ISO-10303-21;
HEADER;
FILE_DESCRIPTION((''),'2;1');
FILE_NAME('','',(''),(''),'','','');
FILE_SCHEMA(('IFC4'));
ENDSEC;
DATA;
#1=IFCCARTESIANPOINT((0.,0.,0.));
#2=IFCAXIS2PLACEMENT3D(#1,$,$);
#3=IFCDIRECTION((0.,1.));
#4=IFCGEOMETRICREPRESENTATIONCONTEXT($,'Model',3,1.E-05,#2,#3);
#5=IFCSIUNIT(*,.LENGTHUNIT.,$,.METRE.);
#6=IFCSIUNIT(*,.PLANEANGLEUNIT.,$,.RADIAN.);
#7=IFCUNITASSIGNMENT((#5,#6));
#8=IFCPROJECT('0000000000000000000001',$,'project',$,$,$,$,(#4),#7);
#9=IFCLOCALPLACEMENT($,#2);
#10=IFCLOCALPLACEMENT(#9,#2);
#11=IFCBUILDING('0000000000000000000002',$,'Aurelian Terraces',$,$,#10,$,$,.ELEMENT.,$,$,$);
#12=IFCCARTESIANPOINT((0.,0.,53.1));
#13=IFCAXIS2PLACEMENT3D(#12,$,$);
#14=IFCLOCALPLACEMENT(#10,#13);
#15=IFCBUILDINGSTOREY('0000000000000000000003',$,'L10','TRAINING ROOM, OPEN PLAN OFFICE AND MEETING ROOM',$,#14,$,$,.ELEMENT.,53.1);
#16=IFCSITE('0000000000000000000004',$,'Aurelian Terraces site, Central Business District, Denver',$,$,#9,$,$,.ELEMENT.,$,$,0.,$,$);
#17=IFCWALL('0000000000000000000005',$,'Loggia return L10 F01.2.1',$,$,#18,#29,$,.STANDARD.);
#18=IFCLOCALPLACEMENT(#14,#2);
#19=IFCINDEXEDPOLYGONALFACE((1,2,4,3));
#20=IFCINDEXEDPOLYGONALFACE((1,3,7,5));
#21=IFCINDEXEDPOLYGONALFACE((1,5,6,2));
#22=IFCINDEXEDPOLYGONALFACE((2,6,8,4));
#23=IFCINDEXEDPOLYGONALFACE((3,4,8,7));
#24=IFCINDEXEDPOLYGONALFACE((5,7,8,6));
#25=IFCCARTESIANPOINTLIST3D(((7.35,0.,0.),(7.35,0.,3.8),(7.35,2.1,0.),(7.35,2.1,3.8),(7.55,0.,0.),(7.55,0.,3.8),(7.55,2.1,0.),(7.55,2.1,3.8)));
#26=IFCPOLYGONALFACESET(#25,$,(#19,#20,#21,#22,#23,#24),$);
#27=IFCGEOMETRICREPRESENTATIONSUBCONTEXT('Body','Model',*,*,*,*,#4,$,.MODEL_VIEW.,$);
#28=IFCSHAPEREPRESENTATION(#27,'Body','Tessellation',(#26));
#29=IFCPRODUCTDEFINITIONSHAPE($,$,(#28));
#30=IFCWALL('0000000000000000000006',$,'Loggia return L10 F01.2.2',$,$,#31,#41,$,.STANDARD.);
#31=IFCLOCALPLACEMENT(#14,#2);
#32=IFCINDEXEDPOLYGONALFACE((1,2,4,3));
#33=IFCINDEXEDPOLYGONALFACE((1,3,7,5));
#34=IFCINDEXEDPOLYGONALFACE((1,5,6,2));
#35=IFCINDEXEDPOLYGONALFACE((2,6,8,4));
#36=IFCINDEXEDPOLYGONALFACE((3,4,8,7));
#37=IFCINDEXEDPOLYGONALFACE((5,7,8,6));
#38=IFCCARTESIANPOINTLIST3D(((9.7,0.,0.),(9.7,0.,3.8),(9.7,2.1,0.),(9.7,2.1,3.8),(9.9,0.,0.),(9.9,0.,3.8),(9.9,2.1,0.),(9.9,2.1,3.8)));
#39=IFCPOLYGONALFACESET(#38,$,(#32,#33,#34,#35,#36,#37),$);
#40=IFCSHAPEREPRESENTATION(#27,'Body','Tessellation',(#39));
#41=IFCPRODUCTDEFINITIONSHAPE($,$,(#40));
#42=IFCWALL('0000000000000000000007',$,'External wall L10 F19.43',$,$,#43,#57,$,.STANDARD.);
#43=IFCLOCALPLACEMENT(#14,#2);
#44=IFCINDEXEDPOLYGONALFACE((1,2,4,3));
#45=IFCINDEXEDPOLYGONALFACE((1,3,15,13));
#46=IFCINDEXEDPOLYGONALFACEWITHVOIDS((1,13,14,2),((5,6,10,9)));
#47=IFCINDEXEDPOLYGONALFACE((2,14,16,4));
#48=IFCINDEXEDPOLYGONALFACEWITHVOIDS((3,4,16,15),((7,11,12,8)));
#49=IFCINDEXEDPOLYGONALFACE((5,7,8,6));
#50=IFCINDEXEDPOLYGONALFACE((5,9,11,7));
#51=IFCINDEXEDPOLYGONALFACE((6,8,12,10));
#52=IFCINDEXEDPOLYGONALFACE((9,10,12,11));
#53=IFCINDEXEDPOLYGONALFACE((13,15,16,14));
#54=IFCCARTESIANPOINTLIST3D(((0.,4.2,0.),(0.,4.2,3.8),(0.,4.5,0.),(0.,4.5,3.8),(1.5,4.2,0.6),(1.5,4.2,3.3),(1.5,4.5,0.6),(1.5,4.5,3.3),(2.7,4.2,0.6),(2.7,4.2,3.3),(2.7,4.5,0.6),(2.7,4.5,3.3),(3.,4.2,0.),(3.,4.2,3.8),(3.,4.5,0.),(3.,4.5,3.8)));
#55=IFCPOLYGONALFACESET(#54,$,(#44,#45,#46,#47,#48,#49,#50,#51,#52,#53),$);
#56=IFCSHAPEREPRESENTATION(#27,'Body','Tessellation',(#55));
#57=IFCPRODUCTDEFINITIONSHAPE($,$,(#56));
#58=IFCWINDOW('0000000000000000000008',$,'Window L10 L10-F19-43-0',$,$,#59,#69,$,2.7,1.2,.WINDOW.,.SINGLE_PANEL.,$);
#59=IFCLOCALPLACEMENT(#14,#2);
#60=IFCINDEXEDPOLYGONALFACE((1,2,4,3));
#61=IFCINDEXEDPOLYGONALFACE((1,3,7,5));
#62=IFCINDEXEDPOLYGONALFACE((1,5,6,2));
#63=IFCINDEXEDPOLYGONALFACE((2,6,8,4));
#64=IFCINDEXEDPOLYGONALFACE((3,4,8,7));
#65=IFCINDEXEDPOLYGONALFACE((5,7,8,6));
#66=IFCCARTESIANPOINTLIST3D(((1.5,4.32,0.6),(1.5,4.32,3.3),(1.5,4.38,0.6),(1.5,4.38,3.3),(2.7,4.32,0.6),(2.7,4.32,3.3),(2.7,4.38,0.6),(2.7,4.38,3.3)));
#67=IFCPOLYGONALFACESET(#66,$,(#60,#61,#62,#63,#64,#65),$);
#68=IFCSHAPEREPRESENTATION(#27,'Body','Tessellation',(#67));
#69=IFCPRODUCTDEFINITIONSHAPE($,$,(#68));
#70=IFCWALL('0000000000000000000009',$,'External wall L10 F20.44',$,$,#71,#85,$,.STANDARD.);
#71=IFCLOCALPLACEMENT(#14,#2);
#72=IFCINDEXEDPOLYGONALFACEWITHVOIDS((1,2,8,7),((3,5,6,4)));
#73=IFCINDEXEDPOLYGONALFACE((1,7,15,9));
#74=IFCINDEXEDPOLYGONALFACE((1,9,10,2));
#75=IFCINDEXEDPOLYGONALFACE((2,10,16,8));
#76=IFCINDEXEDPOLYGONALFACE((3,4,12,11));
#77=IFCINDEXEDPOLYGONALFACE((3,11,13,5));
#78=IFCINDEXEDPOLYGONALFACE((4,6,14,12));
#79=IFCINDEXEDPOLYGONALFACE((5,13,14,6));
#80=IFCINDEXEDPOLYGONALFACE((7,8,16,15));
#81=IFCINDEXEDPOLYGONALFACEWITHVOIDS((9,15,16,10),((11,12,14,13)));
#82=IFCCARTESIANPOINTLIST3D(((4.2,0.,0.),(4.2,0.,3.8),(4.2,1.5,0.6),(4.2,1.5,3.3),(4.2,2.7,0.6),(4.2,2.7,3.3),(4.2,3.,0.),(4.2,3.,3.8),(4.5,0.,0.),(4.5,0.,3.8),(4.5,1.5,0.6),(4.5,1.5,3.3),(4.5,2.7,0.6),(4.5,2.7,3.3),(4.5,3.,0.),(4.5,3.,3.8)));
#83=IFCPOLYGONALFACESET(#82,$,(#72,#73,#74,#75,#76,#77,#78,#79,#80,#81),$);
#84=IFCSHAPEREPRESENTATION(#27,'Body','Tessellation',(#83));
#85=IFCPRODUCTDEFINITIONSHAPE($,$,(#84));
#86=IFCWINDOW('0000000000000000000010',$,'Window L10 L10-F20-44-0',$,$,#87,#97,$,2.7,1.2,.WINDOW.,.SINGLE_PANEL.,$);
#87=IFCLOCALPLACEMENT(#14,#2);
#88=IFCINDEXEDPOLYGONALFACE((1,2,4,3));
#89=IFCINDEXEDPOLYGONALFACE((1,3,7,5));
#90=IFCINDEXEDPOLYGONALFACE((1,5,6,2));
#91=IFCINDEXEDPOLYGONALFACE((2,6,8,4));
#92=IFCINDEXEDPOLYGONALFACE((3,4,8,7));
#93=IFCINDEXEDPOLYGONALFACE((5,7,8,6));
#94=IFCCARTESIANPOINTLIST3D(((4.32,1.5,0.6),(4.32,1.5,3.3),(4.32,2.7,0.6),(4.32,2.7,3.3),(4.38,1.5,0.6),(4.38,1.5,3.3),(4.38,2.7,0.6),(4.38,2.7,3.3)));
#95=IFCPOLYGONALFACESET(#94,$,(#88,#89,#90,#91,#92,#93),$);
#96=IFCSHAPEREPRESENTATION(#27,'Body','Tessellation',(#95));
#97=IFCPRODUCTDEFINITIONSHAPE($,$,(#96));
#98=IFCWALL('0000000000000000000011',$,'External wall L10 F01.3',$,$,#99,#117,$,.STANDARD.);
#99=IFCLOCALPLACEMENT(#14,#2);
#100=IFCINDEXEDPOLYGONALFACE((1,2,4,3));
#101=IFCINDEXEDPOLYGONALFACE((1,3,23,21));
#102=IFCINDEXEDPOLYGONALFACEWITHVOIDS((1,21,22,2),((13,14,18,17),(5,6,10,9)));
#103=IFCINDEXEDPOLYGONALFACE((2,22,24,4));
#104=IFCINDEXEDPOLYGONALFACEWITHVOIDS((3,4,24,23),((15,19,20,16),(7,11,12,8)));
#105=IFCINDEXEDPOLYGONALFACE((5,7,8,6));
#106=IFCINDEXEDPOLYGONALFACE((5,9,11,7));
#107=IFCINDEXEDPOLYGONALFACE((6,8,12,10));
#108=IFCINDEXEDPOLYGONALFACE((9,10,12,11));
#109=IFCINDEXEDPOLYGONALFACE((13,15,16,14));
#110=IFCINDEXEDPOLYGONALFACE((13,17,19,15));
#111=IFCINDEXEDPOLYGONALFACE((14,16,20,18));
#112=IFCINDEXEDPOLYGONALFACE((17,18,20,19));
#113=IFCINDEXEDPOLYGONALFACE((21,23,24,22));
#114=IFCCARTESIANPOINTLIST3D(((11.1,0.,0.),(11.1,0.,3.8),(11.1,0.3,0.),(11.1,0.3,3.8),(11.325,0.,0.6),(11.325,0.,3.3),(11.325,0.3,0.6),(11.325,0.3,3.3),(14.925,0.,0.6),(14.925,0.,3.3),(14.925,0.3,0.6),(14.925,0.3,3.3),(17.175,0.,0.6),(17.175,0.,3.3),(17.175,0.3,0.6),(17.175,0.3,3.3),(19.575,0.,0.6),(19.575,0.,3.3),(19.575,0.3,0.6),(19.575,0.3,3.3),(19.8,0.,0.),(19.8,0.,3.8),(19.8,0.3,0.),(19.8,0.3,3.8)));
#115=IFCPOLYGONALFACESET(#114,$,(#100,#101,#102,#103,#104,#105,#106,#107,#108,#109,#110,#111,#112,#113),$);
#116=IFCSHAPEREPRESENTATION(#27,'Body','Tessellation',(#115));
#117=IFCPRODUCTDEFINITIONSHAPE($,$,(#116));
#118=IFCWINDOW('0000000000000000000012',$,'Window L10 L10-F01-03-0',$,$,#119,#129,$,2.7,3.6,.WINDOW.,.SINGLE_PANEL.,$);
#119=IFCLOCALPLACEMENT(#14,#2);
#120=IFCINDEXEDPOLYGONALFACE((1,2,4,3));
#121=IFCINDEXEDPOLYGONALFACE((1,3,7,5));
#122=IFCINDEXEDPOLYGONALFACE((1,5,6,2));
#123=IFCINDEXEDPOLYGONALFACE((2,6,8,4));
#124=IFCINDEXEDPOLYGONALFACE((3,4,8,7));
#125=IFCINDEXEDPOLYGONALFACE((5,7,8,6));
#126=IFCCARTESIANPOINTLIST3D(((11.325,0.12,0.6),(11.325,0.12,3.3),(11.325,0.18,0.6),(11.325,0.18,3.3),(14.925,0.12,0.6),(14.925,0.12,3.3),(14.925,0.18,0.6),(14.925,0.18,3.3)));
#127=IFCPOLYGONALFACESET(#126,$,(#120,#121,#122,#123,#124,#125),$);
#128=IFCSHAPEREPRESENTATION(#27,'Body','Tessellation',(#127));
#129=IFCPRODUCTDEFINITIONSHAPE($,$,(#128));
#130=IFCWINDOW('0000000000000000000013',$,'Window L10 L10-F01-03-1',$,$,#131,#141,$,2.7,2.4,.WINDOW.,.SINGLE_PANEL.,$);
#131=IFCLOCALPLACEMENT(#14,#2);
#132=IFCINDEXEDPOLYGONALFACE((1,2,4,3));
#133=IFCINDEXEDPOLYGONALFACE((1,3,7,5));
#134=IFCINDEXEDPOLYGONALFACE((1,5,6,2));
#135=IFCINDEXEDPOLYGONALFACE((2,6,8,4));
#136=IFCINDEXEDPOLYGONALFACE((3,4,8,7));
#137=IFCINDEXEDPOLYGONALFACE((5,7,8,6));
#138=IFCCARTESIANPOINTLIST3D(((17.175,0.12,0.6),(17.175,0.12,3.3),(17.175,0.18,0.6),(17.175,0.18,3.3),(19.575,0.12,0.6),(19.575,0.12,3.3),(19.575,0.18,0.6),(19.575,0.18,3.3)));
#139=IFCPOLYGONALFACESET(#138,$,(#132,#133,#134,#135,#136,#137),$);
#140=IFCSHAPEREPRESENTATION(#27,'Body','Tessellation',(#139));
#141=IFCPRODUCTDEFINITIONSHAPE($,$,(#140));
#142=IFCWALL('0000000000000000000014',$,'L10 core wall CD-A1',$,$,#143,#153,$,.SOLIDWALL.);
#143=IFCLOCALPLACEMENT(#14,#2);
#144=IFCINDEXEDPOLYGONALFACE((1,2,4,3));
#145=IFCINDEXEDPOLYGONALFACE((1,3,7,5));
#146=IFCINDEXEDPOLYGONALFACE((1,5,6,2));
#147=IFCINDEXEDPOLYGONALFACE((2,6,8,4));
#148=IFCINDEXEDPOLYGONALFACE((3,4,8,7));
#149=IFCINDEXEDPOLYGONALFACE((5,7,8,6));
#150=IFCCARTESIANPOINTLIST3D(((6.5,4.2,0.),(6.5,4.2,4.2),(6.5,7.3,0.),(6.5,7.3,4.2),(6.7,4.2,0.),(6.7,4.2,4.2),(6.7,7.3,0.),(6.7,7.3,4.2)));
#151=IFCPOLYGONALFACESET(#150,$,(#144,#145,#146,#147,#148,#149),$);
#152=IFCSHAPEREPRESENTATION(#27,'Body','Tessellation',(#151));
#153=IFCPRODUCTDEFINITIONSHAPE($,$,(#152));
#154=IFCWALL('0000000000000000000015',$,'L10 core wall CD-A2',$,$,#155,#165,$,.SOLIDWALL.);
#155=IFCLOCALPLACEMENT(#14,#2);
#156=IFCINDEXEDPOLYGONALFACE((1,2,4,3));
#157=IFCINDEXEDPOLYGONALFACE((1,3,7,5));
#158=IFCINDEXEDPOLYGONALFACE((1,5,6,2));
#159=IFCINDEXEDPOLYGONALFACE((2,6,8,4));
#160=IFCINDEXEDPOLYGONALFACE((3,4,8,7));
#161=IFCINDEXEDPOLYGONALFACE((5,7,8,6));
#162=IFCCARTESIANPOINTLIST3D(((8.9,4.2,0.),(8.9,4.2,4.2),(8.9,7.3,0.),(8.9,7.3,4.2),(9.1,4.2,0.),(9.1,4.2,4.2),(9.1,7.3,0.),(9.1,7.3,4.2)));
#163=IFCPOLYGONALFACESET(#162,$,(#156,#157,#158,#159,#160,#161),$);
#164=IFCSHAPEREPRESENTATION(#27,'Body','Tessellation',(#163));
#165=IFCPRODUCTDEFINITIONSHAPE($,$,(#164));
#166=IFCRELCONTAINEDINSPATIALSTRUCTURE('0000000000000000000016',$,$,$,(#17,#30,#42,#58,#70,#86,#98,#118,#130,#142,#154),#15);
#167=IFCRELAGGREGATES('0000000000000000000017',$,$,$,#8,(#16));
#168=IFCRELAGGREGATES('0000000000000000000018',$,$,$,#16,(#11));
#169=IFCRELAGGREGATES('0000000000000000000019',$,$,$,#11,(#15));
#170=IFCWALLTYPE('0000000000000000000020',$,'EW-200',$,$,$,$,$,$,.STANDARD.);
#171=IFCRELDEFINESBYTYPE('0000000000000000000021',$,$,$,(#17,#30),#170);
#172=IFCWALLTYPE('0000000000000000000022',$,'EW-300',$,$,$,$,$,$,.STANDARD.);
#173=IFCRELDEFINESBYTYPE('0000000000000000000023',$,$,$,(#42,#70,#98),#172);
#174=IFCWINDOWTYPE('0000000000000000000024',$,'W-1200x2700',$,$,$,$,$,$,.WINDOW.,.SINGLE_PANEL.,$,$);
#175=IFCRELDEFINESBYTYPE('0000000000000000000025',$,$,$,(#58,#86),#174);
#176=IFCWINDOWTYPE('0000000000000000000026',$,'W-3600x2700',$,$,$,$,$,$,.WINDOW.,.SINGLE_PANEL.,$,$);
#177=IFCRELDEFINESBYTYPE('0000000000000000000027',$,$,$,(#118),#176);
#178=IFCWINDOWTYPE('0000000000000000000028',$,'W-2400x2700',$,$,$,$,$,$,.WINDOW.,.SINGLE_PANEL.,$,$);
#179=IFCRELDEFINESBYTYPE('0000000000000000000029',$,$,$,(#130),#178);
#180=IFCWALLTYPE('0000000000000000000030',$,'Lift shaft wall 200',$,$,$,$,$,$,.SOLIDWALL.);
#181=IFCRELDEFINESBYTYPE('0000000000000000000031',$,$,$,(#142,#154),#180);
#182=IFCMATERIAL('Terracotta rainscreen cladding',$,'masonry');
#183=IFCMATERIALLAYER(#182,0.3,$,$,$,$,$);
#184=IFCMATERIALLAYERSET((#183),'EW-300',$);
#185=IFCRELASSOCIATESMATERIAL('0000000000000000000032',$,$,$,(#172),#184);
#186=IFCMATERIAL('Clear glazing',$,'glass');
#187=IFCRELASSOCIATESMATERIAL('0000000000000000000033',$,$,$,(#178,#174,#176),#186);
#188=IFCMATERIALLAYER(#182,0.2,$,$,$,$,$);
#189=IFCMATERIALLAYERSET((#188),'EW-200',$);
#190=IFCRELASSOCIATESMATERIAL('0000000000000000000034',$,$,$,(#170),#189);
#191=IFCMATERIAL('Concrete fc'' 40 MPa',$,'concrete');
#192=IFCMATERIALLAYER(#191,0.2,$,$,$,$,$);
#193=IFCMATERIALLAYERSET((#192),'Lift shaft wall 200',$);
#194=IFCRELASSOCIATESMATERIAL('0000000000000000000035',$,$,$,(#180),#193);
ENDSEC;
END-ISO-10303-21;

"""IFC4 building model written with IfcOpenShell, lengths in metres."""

from ifc_helpers import new_model, si_unit, direction, frame, frame_2d, origin, place, context, subcontext, project, spatial, rectangle, extrude, source, transform, mapped, material, layer, layer_set, type_object, element, fill, save


model = new_model("IFC4")

# Units and contexts
model_context = context("Model", 3, precision=1e-05, world=origin(), true_north=direction((0.0, 1.0)))
body_context = subcontext(model_context, "Body", "Model", "MODEL_VIEW")
ifc_project = project(units=[si_unit("LENGTHUNIT", "METRE"), si_unit("PLANEANGLEUNIT", "RADIAN")], contexts=[model_context])

# Site, building, storey
site_placement = place(None, origin())
site = spatial("IfcSite", under=ifc_project, at=site_placement, Name="Aurelian Terraces site, Central Business District, Denver", CompositionType="ELEMENT", RefElevation=0.0)
building_placement = place(site_placement, origin())
building = spatial("IfcBuilding", under=site, at=building_placement, Name="Aurelian Terraces", CompositionType="ELEMENT")
storey_placement = place(building_placement, frame((0.0, 0.0, 53.1)))
storey = spatial("IfcBuildingStorey", under=building, at=storey_placement, Name="L10", Description="TRAINING ROOM, OPEN PLAN OFFICE AND MEETING ROOM", CompositionType="ELEMENT", Elevation=53.1)

# Shared definitions
ifc_material_1 = material(Name="Concrete fc' 40 MPa", Category="concrete")

# Shared definitions
ifc_material_2 = material(Name="Terracotta rainscreen cladding", Category="masonry")
ifc_layer_1 = layer(ifc_material_2, 0.3)
ifc_layer_set_1 = layer_set([ifc_layer_1], Name="EW-300")
wall_type_1 = type_object("IfcWallType", Name="EW-300", PredefinedType="STANDARD", material=ifc_layer_set_1)
ifc_material_3 = material(Name="Clear glazing", Category="glass")

# Shared definitions
shared_shape_1 = source(origin(), body_context, "Body", "SweptSolid", [
    extrude(rectangle(XDim=2.4, YDim=2.7, at=frame_2d((1.2, 1.35))), frame((0.0, 0.16, 0.0), z_axis=(0.0, -1.0, 0.0), x_axis=(1.0, 0.0, 0.0)), (0.0, 0.0, 1.0), 0.32),
])
window_type_1 = type_object("IfcWindowType", Name="W-2400x2700", PartitioningType="SINGLE_PANEL", PredefinedType="WINDOW", material=ifc_material_3)
shared_shape_2 = source(origin(), body_context, "Body", "SweptSolid", [
    extrude(rectangle(XDim=2.4, YDim=2.7, at=frame_2d((1.2, 1.35))), frame((0.0, 0.03, 0.0), z_axis=(0.0, -1.0, 0.0), x_axis=(1.0, 0.0, 0.0)), (0.0, 0.0, 1.0), 0.06),
])

# Walls
ifc_layer_2 = layer(ifc_material_2, 0.2)
ifc_layer_set_2 = layer_set([ifc_layer_2], Name="EW-200")
wall_type_2 = type_object("IfcWallType", Name="EW-200", PredefinedType="STANDARD", material=ifc_layer_set_2)
shared_shape_3 = source(origin(), body_context, "Body", "SweptSolid", [
    extrude(rectangle(XDim=2.1, YDim=0.2, at=frame_2d((1.05, 0.0))), origin(), (0.0, 0.0, 1.0), 3.8),
])
for number, where, z_axis, x_axis, name in (
    (1, (7.45, 0.0, 0.0), (0.0, 0.0, 1.0), (0.0, 1.0, 0.0), "Loggia return L10 F01.2.1"),
    (2, (9.8, 0.0, 0.0), (0.0, 0.0, 1.0), (0.0, 1.0, 0.0), "Loggia return L10 F01.2.2"),
):
    element("IfcWall", number, at=place(storey_placement, frame(where, z_axis=z_axis, x_axis=x_axis)), inside=storey, type_object=wall_type_2, Name=name, PredefinedType="STANDARD", context=body_context, shape_type="MappedRepresentation", body=[
        mapped(shared_shape_3, transform((0.0, 0.0, 0.0), scale=1.0)),
    ])

# Walls, openings, windows
shared_shape_4 = source(origin(), body_context, "Body", "SweptSolid", [
    extrude(rectangle(XDim=3.0, YDim=0.3, at=frame_2d((1.5, 0.0))), origin(), (0.0, 0.0, 1.0), 3.8),
])
wall_1_placement = place(storey_placement, frame((0.0, 4.35, 0.0), z_axis=(0.0, 0.0, 1.0), x_axis=(1.0, 0.0, 0.0)))
wall_1 = element("IfcWall", 3, at=wall_1_placement, inside=storey, type_object=wall_type_1, Name="External wall L10 F19.43", PredefinedType="STANDARD", context=body_context, shape_type="MappedRepresentation", body=[
    mapped(shared_shape_4, transform((0.0, 0.0, 0.0), scale=1.0)),
])
shared_shape_5 = source(origin(), body_context, "Body", "SweptSolid", [
    extrude(rectangle(XDim=1.2, YDim=2.7, at=frame_2d((0.6, 1.35))), frame((0.0, 0.16, 0.0), z_axis=(0.0, -1.0, 0.0), x_axis=(1.0, 0.0, 0.0)), (0.0, 0.0, 1.0), 0.32),
])
opening_1_placement = place(wall_1_placement, frame((1.5, 0.0, 0.6)))
opening_1 = element("IfcOpeningElement", 4, at=opening_1_placement, cuts=wall_1, PredefinedType="OPENING", context=body_context, shape_type="MappedRepresentation", body=[
    mapped(shared_shape_5, transform((0.0, 0.0, 0.0), scale=1.0)),
])
window_type_2 = type_object("IfcWindowType", Name="W-1200x2700", PartitioningType="SINGLE_PANEL", PredefinedType="WINDOW", material=ifc_material_3)
shared_shape_6 = source(origin(), body_context, "Body", "SweptSolid", [
    extrude(rectangle(XDim=1.2, YDim=2.7, at=frame_2d((0.6, 1.35))), frame((0.0, 0.03, 0.0), z_axis=(0.0, -1.0, 0.0), x_axis=(1.0, 0.0, 0.0)), (0.0, 0.0, 1.0), 0.06),
])
window_1_placement = place(opening_1_placement, origin())
window_1 = element("IfcWindow", 5, at=window_1_placement, inside=storey, type_object=window_type_2, Name="Window L10 L10-F19-43-0", OverallHeight=2.7, OverallWidth=1.2, PartitioningType="SINGLE_PANEL", PredefinedType="WINDOW", context=body_context, shape_type="MappedRepresentation", body=[
    mapped(shared_shape_6, transform((0.0, 0.0, 0.0), scale=1.0)),
])
fill(opening_1, window_1)
wall_2_placement = place(storey_placement, frame((4.35, 3.0, 0.0), z_axis=(0.0, 0.0, 1.0), x_axis=(0.0, -1.0, 0.0)))
wall_2 = element("IfcWall", 6, at=wall_2_placement, inside=storey, type_object=wall_type_1, Name="External wall L10 F20.44", PredefinedType="STANDARD", context=body_context, shape_type="MappedRepresentation", body=[
    mapped(shared_shape_4, transform((0.0, 0.0, 0.0), scale=1.0)),
])
opening_2_placement = place(wall_2_placement, frame((0.3, 0.0, 0.6)))
opening_2 = element("IfcOpeningElement", 7, at=opening_2_placement, cuts=wall_2, PredefinedType="OPENING", context=body_context, shape_type="MappedRepresentation", body=[
    mapped(shared_shape_5, transform((0.0, 0.0, 0.0), scale=1.0)),
])
window_2_placement = place(opening_2_placement, origin())
window_2 = element("IfcWindow", 8, at=window_2_placement, inside=storey, type_object=window_type_2, Name="Window L10 L10-F20-44-0", OverallHeight=2.7, OverallWidth=1.2, PartitioningType="SINGLE_PANEL", PredefinedType="WINDOW", context=body_context, shape_type="MappedRepresentation", body=[
    mapped(shared_shape_6, transform((0.0, 0.0, 0.0), scale=1.0)),
])
fill(opening_2, window_2)

# Wall, openings, windows
shared_shape_7 = source(origin(), body_context, "Body", "SweptSolid", [
    extrude(rectangle(XDim=8.7, YDim=0.3, at=frame_2d((4.35, 0.0))), origin(), (0.0, 0.0, 1.0), 3.8),
])
wall_3_placement = place(storey_placement, frame((11.1, 0.15, 0.0), z_axis=(0.0, 0.0, 1.0), x_axis=(1.0, 0.0, 0.0)))
wall_3 = element("IfcWall", 9, at=wall_3_placement, inside=storey, type_object=wall_type_1, Name="External wall L10 F01.3", PredefinedType="STANDARD", context=body_context, shape_type="MappedRepresentation", body=[
    mapped(shared_shape_7, transform((0.0, 0.0, 0.0), scale=1.0)),
])
shared_shape_8 = source(origin(), body_context, "Body", "SweptSolid", [
    extrude(rectangle(XDim=3.6, YDim=2.7, at=frame_2d((1.8, 1.35))), frame((0.0, 0.16, 0.0), z_axis=(0.0, -1.0, 0.0), x_axis=(1.0, 0.0, 0.0)), (0.0, 0.0, 1.0), 0.32),
])
opening_3_placement = place(wall_3_placement, frame((0.225, 0.0, 0.6)))
opening_3 = element("IfcOpeningElement", 10, at=opening_3_placement, cuts=wall_3, PredefinedType="OPENING", context=body_context, shape_type="MappedRepresentation", body=[
    mapped(shared_shape_8, transform((0.0, 0.0, 0.0), scale=1.0)),
])
opening_4_placement = place(wall_3_placement, frame((6.075, 0.0, 0.6)))
opening_4 = element("IfcOpeningElement", 11, at=opening_4_placement, cuts=wall_3, PredefinedType="OPENING", context=body_context, shape_type="MappedRepresentation", body=[
    mapped(shared_shape_1, transform((0.0, 0.0, 0.0), scale=1.0)),
])
window_type_3 = type_object("IfcWindowType", Name="W-3600x2700", PartitioningType="SINGLE_PANEL", PredefinedType="WINDOW", material=ifc_material_3)
shared_shape_9 = source(origin(), body_context, "Body", "SweptSolid", [
    extrude(rectangle(XDim=3.6, YDim=2.7, at=frame_2d((1.8, 1.35))), frame((0.0, 0.03, 0.0), z_axis=(0.0, -1.0, 0.0), x_axis=(1.0, 0.0, 0.0)), (0.0, 0.0, 1.0), 0.06),
])
window_3_placement = place(opening_3_placement, origin())
window_3 = element("IfcWindow", 12, at=window_3_placement, inside=storey, type_object=window_type_3, Name="Window L10 L10-F01-03-0", OverallHeight=2.7, OverallWidth=3.6, PartitioningType="SINGLE_PANEL", PredefinedType="WINDOW", context=body_context, shape_type="MappedRepresentation", body=[
    mapped(shared_shape_9, transform((0.0, 0.0, 0.0), scale=1.0)),
])
fill(opening_3, window_3)
window_4_placement = place(opening_4_placement, origin())
window_4 = element("IfcWindow", 13, at=window_4_placement, inside=storey, type_object=window_type_1, Name="Window L10 L10-F01-03-1", OverallHeight=2.7, OverallWidth=2.4, PartitioningType="SINGLE_PANEL", PredefinedType="WINDOW", context=body_context, shape_type="MappedRepresentation", body=[
    mapped(shared_shape_2, transform((0.0, 0.0, 0.0), scale=1.0)),
])
fill(opening_4, window_4)

# Walls
ifc_layer_3 = layer(ifc_material_1, 0.2)
ifc_layer_set_3 = layer_set([ifc_layer_3], Name="Lift shaft wall 200")
wall_type_3 = type_object("IfcWallType", Name="Lift shaft wall 200", PredefinedType="SOLIDWALL", material=ifc_layer_set_3)
shared_shape_10 = source(origin(), body_context, "Body", "SweptSolid", [
    extrude(rectangle(XDim=3.1, YDim=0.2, at=frame_2d((1.55, 0.0))), origin(), (0.0, 0.0, 1.0), 4.2),
])
for number, where, z_axis, x_axis, name in (
    (14, (6.6, 4.2, 0.0), (0.0, 0.0, 1.0), (0.0, 1.0, 0.0), "L10 core wall CD-A1"),
    (15, (9.0, 4.2, 0.0), (0.0, 0.0, 1.0), (0.0, 1.0, 0.0), "L10 core wall CD-A2"),
):
    element("IfcWall", number, at=place(storey_placement, frame(where, z_axis=z_axis, x_axis=x_axis)), inside=storey, type_object=wall_type_3, Name=name, PredefinedType="SOLIDWALL", context=body_context, shape_type="MappedRepresentation", body=[
        mapped(shared_shape_10, transform((0.0, 0.0, 0.0), scale=1.0)),
    ])

save(model, "model.ifc")
